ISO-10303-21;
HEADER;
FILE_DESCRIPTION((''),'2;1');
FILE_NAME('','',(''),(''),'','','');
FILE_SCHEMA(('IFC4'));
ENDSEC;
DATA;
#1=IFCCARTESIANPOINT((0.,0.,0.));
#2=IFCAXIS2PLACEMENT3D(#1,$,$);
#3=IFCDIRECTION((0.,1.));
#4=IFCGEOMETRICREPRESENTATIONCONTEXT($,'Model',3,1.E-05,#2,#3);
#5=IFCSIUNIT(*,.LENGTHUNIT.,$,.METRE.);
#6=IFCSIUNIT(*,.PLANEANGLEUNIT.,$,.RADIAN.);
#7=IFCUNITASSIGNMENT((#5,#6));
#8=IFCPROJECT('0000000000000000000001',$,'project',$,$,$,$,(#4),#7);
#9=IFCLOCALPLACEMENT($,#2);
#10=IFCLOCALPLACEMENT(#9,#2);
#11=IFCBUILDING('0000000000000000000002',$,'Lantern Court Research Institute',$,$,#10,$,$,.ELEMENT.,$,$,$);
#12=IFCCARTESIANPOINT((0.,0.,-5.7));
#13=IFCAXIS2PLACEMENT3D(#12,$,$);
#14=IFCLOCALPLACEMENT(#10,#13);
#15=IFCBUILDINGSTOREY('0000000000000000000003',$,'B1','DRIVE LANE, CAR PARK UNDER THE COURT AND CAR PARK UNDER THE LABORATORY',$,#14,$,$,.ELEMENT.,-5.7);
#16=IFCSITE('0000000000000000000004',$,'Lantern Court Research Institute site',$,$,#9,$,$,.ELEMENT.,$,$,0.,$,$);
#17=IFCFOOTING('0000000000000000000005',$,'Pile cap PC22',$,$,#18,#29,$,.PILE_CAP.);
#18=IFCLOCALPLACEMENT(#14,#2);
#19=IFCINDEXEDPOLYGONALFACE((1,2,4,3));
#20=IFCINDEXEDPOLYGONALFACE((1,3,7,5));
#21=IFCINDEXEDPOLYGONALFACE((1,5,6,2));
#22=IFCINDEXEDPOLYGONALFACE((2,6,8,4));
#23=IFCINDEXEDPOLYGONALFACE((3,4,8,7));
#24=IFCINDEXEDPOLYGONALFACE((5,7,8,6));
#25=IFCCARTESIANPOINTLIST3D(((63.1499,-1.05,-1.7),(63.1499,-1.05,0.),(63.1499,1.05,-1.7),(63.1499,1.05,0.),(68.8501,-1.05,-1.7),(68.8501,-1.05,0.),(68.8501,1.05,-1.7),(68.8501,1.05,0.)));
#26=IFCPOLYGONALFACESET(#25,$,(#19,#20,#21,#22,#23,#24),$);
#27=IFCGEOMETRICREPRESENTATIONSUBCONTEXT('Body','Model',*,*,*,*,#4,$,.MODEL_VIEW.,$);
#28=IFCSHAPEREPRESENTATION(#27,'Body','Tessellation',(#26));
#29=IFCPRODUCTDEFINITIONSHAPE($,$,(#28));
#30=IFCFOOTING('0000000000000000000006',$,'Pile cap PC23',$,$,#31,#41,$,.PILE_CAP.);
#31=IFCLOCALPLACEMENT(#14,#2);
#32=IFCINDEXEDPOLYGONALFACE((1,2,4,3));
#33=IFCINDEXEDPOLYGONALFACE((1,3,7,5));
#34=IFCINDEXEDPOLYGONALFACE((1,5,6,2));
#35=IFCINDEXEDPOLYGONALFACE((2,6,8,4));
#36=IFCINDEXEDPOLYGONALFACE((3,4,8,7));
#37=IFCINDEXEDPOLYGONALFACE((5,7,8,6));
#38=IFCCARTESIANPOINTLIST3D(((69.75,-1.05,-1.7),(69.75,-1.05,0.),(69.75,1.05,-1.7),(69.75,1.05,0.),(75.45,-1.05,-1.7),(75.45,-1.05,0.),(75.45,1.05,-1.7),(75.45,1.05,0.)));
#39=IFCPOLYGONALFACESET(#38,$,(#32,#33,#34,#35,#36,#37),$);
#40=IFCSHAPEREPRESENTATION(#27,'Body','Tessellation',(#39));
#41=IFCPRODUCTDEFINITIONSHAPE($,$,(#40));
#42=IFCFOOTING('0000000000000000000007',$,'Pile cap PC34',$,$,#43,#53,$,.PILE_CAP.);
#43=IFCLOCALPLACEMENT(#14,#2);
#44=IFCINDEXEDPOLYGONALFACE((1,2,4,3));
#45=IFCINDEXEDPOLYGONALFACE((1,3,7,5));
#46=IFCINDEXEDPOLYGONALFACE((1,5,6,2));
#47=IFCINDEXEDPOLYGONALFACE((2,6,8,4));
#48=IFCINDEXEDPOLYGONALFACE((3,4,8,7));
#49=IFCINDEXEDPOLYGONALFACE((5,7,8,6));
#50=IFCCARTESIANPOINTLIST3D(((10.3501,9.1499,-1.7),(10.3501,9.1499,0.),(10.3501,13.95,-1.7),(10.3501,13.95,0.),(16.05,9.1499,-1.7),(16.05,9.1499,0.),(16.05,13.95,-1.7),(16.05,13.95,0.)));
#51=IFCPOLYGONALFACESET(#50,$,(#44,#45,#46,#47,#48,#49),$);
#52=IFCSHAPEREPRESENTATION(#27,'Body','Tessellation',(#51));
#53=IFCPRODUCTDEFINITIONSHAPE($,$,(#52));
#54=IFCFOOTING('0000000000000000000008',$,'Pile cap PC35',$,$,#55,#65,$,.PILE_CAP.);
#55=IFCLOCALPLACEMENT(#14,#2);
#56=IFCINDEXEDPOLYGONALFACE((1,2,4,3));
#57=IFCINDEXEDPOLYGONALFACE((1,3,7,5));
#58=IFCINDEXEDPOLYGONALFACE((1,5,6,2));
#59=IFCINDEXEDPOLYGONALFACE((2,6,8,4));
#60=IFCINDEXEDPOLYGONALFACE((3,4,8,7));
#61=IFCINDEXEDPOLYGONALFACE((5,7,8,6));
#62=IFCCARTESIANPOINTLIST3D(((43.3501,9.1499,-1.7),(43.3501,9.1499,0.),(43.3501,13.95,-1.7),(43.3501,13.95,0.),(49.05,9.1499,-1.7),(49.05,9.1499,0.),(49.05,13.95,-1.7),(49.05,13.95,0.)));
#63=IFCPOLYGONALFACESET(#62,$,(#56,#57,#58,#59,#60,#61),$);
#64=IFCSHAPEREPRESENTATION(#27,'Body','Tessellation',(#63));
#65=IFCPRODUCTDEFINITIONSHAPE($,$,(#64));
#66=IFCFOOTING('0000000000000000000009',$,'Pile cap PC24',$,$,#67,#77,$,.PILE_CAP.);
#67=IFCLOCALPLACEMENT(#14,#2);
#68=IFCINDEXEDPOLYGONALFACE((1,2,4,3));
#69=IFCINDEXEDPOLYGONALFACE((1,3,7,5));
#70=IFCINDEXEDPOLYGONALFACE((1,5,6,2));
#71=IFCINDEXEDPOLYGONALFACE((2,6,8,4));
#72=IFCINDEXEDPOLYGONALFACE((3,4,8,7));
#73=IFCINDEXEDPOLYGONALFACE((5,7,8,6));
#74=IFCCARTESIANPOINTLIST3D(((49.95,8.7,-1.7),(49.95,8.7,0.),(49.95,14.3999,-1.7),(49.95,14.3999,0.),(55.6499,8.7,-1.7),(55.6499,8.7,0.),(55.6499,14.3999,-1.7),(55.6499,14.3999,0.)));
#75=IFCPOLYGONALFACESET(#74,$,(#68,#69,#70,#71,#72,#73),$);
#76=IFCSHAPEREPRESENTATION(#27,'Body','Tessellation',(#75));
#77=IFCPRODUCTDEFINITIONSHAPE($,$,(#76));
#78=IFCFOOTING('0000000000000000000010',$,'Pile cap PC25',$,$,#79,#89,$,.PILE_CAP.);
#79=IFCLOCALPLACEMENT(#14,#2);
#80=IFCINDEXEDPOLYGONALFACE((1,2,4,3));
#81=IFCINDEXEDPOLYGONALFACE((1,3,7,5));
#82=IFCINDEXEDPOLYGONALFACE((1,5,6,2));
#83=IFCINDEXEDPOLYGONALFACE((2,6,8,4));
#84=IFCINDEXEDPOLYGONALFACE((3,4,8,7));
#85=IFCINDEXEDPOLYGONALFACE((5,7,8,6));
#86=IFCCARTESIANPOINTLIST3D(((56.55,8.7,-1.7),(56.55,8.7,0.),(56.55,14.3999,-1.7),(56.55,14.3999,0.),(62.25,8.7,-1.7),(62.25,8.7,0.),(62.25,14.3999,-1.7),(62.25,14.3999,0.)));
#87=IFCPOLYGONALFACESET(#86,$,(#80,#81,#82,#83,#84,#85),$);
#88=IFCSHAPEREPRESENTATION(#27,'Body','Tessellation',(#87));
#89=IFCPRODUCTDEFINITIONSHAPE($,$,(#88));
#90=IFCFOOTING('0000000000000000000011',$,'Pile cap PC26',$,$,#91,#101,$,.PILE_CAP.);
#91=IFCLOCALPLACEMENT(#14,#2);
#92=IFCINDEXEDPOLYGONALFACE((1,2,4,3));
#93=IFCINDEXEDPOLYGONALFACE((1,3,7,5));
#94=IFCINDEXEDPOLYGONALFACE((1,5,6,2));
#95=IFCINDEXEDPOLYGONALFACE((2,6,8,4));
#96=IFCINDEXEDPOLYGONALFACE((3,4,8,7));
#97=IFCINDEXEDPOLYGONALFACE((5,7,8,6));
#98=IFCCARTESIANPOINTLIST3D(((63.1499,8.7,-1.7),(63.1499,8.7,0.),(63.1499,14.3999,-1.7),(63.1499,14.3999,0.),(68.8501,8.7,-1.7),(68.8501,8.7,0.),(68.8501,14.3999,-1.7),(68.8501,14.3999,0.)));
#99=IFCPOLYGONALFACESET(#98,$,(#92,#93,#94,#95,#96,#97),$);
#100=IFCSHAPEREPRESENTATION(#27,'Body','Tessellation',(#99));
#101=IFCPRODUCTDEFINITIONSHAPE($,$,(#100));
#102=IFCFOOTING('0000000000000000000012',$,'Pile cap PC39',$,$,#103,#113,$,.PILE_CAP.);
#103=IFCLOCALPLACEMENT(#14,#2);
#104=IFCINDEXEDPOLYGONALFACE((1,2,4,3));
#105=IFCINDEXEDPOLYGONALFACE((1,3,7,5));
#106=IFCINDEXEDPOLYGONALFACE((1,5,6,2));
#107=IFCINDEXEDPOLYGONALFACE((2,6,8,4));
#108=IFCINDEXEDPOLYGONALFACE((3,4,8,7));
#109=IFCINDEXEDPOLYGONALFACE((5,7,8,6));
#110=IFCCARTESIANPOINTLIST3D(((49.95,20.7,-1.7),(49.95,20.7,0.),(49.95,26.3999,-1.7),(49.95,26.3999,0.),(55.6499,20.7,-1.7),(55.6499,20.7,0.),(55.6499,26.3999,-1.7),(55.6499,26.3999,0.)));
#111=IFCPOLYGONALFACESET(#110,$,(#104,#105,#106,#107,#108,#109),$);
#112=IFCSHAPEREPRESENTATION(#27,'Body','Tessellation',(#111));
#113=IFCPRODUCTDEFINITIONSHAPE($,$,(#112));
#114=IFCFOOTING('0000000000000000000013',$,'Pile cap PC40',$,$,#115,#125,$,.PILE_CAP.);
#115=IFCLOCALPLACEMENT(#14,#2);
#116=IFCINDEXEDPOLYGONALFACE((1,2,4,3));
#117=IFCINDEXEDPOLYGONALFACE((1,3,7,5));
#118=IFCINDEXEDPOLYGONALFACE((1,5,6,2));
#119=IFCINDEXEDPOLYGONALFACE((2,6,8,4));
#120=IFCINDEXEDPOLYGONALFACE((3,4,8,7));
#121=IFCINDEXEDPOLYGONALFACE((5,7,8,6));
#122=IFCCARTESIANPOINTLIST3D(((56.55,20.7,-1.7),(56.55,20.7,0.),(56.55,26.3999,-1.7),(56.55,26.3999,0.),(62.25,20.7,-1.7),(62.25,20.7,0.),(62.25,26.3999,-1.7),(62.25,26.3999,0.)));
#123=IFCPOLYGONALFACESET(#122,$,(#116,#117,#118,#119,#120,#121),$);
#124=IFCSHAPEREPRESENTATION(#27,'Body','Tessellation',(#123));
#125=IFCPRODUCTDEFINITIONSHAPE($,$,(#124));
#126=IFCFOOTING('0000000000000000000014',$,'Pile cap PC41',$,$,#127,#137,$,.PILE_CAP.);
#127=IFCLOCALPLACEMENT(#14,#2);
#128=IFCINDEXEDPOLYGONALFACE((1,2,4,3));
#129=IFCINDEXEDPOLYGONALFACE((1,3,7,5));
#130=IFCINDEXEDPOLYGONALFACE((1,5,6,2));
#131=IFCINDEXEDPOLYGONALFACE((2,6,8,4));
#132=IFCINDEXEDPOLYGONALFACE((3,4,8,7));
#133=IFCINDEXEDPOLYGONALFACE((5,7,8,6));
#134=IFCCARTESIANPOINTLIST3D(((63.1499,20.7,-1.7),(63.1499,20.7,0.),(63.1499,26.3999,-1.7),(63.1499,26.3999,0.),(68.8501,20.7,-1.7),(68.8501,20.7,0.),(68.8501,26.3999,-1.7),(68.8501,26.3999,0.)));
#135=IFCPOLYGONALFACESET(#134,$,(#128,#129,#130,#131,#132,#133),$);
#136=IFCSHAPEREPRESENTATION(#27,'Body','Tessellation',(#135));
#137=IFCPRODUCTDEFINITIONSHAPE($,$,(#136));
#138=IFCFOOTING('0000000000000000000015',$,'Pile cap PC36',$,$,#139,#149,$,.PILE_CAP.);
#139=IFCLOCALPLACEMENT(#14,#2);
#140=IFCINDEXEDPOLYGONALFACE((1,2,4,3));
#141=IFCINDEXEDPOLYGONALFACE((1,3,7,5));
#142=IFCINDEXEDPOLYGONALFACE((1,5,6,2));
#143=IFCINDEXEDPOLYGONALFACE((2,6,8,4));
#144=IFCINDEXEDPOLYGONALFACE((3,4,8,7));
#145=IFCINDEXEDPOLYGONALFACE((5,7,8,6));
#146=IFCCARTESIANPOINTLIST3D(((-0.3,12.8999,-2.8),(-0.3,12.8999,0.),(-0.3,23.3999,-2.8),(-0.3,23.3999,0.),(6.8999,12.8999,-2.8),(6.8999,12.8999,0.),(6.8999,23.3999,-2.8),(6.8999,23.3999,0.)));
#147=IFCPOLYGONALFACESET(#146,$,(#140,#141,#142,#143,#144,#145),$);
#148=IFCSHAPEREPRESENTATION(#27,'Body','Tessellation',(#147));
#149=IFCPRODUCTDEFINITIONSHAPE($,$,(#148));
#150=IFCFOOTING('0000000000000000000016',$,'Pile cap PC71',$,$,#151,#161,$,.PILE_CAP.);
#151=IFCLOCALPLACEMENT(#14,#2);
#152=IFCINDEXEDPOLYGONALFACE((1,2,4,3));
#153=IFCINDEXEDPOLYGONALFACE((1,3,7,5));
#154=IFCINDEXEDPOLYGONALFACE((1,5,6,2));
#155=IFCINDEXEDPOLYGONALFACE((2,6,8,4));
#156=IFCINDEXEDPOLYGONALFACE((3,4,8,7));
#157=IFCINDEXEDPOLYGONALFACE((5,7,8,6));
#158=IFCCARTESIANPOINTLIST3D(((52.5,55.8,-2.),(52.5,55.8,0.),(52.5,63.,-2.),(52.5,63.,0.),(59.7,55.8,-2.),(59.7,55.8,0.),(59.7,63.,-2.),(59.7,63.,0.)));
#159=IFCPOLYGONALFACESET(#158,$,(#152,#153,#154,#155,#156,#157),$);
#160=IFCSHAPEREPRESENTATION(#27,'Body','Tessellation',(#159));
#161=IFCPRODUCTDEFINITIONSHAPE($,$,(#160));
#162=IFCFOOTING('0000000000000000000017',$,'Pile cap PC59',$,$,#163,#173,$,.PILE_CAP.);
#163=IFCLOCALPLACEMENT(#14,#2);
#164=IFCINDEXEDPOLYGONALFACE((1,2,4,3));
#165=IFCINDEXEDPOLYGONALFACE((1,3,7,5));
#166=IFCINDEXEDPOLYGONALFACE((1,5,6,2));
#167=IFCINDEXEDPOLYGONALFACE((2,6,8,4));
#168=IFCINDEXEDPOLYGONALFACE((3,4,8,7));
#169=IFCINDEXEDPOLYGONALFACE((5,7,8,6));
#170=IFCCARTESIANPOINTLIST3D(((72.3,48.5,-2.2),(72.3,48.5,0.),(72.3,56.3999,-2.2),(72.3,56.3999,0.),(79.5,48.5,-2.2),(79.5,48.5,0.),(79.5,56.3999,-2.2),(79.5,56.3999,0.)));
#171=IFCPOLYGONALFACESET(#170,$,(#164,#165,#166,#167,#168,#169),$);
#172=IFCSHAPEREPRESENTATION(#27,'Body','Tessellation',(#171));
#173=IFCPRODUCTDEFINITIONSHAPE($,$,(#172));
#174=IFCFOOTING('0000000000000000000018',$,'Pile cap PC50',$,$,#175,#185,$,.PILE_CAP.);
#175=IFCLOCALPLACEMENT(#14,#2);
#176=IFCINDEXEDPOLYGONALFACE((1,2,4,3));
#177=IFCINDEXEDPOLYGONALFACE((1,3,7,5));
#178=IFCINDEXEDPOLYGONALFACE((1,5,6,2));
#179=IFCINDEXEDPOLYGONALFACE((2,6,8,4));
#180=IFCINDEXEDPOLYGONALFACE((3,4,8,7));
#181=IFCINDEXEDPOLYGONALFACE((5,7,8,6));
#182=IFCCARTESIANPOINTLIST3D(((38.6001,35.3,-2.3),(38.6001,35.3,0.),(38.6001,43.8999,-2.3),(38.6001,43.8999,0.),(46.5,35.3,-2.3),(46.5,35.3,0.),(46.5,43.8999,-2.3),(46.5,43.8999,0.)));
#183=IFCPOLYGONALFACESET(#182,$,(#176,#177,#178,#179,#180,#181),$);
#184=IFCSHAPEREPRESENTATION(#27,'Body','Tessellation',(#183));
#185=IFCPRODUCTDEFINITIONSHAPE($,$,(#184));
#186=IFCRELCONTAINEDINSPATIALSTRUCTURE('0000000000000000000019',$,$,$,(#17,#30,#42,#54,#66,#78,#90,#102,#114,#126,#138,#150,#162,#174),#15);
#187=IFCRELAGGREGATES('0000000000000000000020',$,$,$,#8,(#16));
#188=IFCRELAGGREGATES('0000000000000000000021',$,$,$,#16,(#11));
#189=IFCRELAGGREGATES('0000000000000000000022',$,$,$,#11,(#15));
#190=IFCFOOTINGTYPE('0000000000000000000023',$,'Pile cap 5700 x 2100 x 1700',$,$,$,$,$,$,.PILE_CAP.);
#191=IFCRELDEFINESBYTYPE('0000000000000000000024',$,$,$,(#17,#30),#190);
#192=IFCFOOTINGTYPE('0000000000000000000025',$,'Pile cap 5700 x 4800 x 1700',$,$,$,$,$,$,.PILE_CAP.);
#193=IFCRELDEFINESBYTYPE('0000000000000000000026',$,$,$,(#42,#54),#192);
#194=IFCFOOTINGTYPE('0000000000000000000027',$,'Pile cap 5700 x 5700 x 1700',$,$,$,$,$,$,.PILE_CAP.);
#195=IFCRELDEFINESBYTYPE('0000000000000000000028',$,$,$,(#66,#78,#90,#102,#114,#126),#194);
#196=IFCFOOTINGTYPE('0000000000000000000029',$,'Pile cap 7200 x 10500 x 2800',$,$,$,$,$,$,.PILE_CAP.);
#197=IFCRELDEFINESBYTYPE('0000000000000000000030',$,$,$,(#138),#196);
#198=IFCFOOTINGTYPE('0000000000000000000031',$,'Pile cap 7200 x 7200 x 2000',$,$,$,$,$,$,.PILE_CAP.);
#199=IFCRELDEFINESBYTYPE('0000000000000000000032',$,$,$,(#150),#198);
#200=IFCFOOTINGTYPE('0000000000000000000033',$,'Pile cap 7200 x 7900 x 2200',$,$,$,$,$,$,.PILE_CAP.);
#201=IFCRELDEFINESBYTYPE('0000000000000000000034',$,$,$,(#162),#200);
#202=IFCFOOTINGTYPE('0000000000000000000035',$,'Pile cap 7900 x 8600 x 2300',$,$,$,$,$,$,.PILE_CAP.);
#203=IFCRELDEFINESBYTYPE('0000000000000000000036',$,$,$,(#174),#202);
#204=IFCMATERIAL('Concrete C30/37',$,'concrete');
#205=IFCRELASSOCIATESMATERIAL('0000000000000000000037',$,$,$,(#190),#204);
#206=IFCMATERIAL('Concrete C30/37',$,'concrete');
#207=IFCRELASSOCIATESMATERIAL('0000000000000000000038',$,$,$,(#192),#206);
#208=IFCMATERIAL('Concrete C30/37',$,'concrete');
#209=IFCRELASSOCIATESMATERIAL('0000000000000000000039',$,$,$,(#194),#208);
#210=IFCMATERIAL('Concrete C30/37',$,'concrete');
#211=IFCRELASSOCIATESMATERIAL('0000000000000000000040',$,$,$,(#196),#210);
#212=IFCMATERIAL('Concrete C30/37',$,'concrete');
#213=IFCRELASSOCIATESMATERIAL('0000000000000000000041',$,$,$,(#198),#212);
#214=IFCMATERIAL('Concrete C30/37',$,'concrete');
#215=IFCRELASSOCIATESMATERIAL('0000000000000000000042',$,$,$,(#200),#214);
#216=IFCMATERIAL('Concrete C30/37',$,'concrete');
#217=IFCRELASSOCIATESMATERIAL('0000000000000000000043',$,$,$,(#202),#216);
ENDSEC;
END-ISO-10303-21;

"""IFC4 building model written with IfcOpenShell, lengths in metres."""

from ifc_helpers import new_model, si_unit, direction, frame, origin, place, context, subcontext, project, spatial, polyline, outline, extrude, material, type_object, element, save


model = new_model("IFC4")

# Units and contexts
model_context = context("Model", 3, precision=1e-05, world=origin(), true_north=direction((0.0, 1.0)))
body_context = subcontext(model_context, "Body", "Model", "MODEL_VIEW")
ifc_project = project(units=[si_unit("LENGTHUNIT", "METRE"), si_unit("PLANEANGLEUNIT", "RADIAN")], contexts=[model_context])

# Site, building, storey
site_placement = place(None, origin())
site = spatial("IfcSite", under=ifc_project, at=site_placement, Name="Lantern Court Research Institute site", CompositionType="ELEMENT", RefElevation=0.0)
building_placement = place(site_placement, origin())
building = spatial("IfcBuilding", under=site, at=building_placement, Name="Lantern Court Research Institute", CompositionType="ELEMENT")
storey_placement = place(building_placement, frame((0.0, 0.0, -5.7)))
storey = spatial("IfcBuildingStorey", under=building, at=storey_placement, Name="B1", Description="DRIVE LANE, CAR PARK UNDER THE COURT AND CAR PARK UNDER THE LABORATORY", CompositionType="ELEMENT", Elevation=-5.7)

# Footings
ifc_material_1 = material(Name="Concrete C30/37", Category="concrete")
footing_type_1 = type_object("IfcFootingType", Name="Pile cap 5700 x 2100 x 1700", PredefinedType="PILE_CAP", material=ifc_material_1)
footing_1_placement = place(storey_placement, frame((0.0, 0.0, -1.7)))
element("IfcFooting", 1, at=footing_1_placement, inside=storey, type_object=footing_type_1, Name="Pile cap PC22", PredefinedType="PILE_CAP", context=body_context, shape_type="SweptSolid", body=[
    extrude(outline(polyline([(63.1499, -1.05), (68.8501, -1.05), (68.8501, 1.05), (63.1499, 1.05), (63.1499, -1.05)])), origin(), (0.0, 0.0, 1.0), 1.7),
])
footing_2_placement = place(storey_placement, frame((0.0, 0.0, -1.7)))
element("IfcFooting", 2, at=footing_2_placement, inside=storey, type_object=footing_type_1, Name="Pile cap PC23", PredefinedType="PILE_CAP", context=body_context, shape_type="SweptSolid", body=[
    extrude(outline(polyline([(69.75, -1.05), (75.45, -1.05), (75.45, 1.05), (69.75, 1.05), (69.75, -1.05)])), origin(), (0.0, 0.0, 1.0), 1.7),
])
ifc_material_2 = material(Name="Concrete C30/37", Category="concrete")
footing_type_2 = type_object("IfcFootingType", Name="Pile cap 5700 x 4800 x 1700", PredefinedType="PILE_CAP", material=ifc_material_2)
footing_3_placement = place(storey_placement, frame((0.0, 0.0, -1.7)))
element("IfcFooting", 3, at=footing_3_placement, inside=storey, type_object=footing_type_2, Name="Pile cap PC34", PredefinedType="PILE_CAP", context=body_context, shape_type="SweptSolid", body=[
    extrude(outline(polyline([(10.3501, 9.1499), (16.05, 9.1499), (16.05, 13.95), (10.3501, 13.95), (10.3501, 9.1499)])), origin(), (0.0, 0.0, 1.0), 1.7),
])
footing_4_placement = place(storey_placement, frame((0.0, 0.0, -1.7)))
element("IfcFooting", 4, at=footing_4_placement, inside=storey, type_object=footing_type_2, Name="Pile cap PC35", PredefinedType="PILE_CAP", context=body_context, shape_type="SweptSolid", body=[
    extrude(outline(polyline([(43.3501, 9.1499), (49.05, 9.1499), (49.05, 13.95), (43.3501, 13.95), (43.3501, 9.1499)])), origin(), (0.0, 0.0, 1.0), 1.7),
])
ifc_material_3 = material(Name="Concrete C30/37", Category="concrete")
footing_type_3 = type_object("IfcFootingType", Name="Pile cap 5700 x 5700 x 1700", PredefinedType="PILE_CAP", material=ifc_material_3)
footing_5_placement = place(storey_placement, frame((0.0, 0.0, -1.7)))
element("IfcFooting", 5, at=footing_5_placement, inside=storey, type_object=footing_type_3, Name="Pile cap PC24", PredefinedType="PILE_CAP", context=body_context, shape_type="SweptSolid", body=[
    extrude(outline(polyline([(49.95, 8.7), (55.6499, 8.7), (55.6499, 14.3999), (49.95, 14.3999), (49.95, 8.7)])), origin(), (0.0, 0.0, 1.0), 1.7),
])
footing_6_placement = place(storey_placement, frame((0.0, 0.0, -1.7)))
element("IfcFooting", 6, at=footing_6_placement, inside=storey, type_object=footing_type_3, Name="Pile cap PC25", PredefinedType="PILE_CAP", context=body_context, shape_type="SweptSolid", body=[
    extrude(outline(polyline([(56.55, 8.7), (62.25, 8.7), (62.25, 14.3999), (56.55, 14.3999), (56.55, 8.7)])), origin(), (0.0, 0.0, 1.0), 1.7),
])
footing_7_placement = place(storey_placement, frame((0.0, 0.0, -1.7)))
element("IfcFooting", 7, at=footing_7_placement, inside=storey, type_object=footing_type_3, Name="Pile cap PC26", PredefinedType="PILE_CAP", context=body_context, shape_type="SweptSolid", body=[
    extrude(outline(polyline([(63.1499, 8.7), (68.8501, 8.7), (68.8501, 14.3999), (63.1499, 14.3999), (63.1499, 8.7)])), origin(), (0.0, 0.0, 1.0), 1.7),
])
footing_8_placement = place(storey_placement, frame((0.0, 0.0, -1.7)))
element("IfcFooting", 8, at=footing_8_placement, inside=storey, type_object=footing_type_3, Name="Pile cap PC39", PredefinedType="PILE_CAP", context=body_context, shape_type="SweptSolid", body=[
    extrude(outline(polyline([(49.95, 20.7), (55.6499, 20.7), (55.6499, 26.3999), (49.95, 26.3999), (49.95, 20.7)])), origin(), (0.0, 0.0, 1.0), 1.7),
])
footing_9_placement = place(storey_placement, frame((0.0, 0.0, -1.7)))
element("IfcFooting", 9, at=footing_9_placement, inside=storey, type_object=footing_type_3, Name="Pile cap PC40", PredefinedType="PILE_CAP", context=body_context, shape_type="SweptSolid", body=[
    extrude(outline(polyline([(56.55, 20.7), (62.25, 20.7), (62.25, 26.3999), (56.55, 26.3999), (56.55, 20.7)])), origin(), (0.0, 0.0, 1.0), 1.7),
])
footing_10_placement = place(storey_placement, frame((0.0, 0.0, -1.7)))
element("IfcFooting", 10, at=footing_10_placement, inside=storey, type_object=footing_type_3, Name="Pile cap PC41", PredefinedType="PILE_CAP", context=body_context, shape_type="SweptSolid", body=[
    extrude(outline(polyline([(63.1499, 20.7), (68.8501, 20.7), (68.8501, 26.3999), (63.1499, 26.3999), (63.1499, 20.7)])), origin(), (0.0, 0.0, 1.0), 1.7),
])
ifc_material_4 = material(Name="Concrete C30/37", Category="concrete")
footing_type_4 = type_object("IfcFootingType", Name="Pile cap 7200 x 10500 x 2800", PredefinedType="PILE_CAP", material=ifc_material_4)
footing_11_placement = place(storey_placement, frame((0.0, 0.0, -2.8)))
element("IfcFooting", 11, at=footing_11_placement, inside=storey, type_object=footing_type_4, Name="Pile cap PC36", PredefinedType="PILE_CAP", context=body_context, shape_type="SweptSolid", body=[
    extrude(outline(polyline([(-0.3, 12.8999), (6.8999, 12.8999), (6.8999, 23.3999), (-0.3, 23.3999), (-0.3, 12.8999)])), origin(), (0.0, 0.0, 1.0), 2.8),
])
ifc_material_5 = material(Name="Concrete C30/37", Category="concrete")
footing_type_5 = type_object("IfcFootingType", Name="Pile cap 7200 x 7200 x 2000", PredefinedType="PILE_CAP", material=ifc_material_5)
footing_12_placement = place(storey_placement, frame((0.0, 0.0, -2.0)))
element("IfcFooting", 12, at=footing_12_placement, inside=storey, type_object=footing_type_5, Name="Pile cap PC71", PredefinedType="PILE_CAP", context=body_context, shape_type="SweptSolid", body=[
    extrude(outline(polyline([(52.5, 55.8), (59.7, 55.8), (59.7, 63.0), (52.5, 63.0), (52.5, 55.8)])), origin(), (0.0, 0.0, 1.0), 2.0),
])
ifc_material_6 = material(Name="Concrete C30/37", Category="concrete")
footing_type_6 = type_object("IfcFootingType", Name="Pile cap 7200 x 7900 x 2200", PredefinedType="PILE_CAP", material=ifc_material_6)
footing_13_placement = place(storey_placement, frame((0.0, 0.0, -2.2)))
element("IfcFooting", 13, at=footing_13_placement, inside=storey, type_object=footing_type_6, Name="Pile cap PC59", PredefinedType="PILE_CAP", context=body_context, shape_type="SweptSolid", body=[
    extrude(outline(polyline([(72.3, 48.5), (79.5, 48.5), (79.5, 56.3999), (72.3, 56.3999), (72.3, 48.5)])), origin(), (0.0, 0.0, 1.0), 2.2),
])
ifc_material_7 = material(Name="Concrete C30/37", Category="concrete")
footing_type_7 = type_object("IfcFootingType", Name="Pile cap 7900 x 8600 x 2300", PredefinedType="PILE_CAP", material=ifc_material_7)
footing_14_placement = place(storey_placement, frame((0.0, 0.0, -2.3)))
element("IfcFooting", 14, at=footing_14_placement, inside=storey, type_object=footing_type_7, Name="Pile cap PC50", PredefinedType="PILE_CAP", context=body_context, shape_type="SweptSolid", body=[
    extrude(outline(polyline([(38.6001, 35.3), (46.5, 35.3), (46.5, 43.8999), (38.6001, 43.8999), (38.6001, 35.3)])), origin(), (0.0, 0.0, 1.0), 2.3),
])

save(model, "model.ifc")
